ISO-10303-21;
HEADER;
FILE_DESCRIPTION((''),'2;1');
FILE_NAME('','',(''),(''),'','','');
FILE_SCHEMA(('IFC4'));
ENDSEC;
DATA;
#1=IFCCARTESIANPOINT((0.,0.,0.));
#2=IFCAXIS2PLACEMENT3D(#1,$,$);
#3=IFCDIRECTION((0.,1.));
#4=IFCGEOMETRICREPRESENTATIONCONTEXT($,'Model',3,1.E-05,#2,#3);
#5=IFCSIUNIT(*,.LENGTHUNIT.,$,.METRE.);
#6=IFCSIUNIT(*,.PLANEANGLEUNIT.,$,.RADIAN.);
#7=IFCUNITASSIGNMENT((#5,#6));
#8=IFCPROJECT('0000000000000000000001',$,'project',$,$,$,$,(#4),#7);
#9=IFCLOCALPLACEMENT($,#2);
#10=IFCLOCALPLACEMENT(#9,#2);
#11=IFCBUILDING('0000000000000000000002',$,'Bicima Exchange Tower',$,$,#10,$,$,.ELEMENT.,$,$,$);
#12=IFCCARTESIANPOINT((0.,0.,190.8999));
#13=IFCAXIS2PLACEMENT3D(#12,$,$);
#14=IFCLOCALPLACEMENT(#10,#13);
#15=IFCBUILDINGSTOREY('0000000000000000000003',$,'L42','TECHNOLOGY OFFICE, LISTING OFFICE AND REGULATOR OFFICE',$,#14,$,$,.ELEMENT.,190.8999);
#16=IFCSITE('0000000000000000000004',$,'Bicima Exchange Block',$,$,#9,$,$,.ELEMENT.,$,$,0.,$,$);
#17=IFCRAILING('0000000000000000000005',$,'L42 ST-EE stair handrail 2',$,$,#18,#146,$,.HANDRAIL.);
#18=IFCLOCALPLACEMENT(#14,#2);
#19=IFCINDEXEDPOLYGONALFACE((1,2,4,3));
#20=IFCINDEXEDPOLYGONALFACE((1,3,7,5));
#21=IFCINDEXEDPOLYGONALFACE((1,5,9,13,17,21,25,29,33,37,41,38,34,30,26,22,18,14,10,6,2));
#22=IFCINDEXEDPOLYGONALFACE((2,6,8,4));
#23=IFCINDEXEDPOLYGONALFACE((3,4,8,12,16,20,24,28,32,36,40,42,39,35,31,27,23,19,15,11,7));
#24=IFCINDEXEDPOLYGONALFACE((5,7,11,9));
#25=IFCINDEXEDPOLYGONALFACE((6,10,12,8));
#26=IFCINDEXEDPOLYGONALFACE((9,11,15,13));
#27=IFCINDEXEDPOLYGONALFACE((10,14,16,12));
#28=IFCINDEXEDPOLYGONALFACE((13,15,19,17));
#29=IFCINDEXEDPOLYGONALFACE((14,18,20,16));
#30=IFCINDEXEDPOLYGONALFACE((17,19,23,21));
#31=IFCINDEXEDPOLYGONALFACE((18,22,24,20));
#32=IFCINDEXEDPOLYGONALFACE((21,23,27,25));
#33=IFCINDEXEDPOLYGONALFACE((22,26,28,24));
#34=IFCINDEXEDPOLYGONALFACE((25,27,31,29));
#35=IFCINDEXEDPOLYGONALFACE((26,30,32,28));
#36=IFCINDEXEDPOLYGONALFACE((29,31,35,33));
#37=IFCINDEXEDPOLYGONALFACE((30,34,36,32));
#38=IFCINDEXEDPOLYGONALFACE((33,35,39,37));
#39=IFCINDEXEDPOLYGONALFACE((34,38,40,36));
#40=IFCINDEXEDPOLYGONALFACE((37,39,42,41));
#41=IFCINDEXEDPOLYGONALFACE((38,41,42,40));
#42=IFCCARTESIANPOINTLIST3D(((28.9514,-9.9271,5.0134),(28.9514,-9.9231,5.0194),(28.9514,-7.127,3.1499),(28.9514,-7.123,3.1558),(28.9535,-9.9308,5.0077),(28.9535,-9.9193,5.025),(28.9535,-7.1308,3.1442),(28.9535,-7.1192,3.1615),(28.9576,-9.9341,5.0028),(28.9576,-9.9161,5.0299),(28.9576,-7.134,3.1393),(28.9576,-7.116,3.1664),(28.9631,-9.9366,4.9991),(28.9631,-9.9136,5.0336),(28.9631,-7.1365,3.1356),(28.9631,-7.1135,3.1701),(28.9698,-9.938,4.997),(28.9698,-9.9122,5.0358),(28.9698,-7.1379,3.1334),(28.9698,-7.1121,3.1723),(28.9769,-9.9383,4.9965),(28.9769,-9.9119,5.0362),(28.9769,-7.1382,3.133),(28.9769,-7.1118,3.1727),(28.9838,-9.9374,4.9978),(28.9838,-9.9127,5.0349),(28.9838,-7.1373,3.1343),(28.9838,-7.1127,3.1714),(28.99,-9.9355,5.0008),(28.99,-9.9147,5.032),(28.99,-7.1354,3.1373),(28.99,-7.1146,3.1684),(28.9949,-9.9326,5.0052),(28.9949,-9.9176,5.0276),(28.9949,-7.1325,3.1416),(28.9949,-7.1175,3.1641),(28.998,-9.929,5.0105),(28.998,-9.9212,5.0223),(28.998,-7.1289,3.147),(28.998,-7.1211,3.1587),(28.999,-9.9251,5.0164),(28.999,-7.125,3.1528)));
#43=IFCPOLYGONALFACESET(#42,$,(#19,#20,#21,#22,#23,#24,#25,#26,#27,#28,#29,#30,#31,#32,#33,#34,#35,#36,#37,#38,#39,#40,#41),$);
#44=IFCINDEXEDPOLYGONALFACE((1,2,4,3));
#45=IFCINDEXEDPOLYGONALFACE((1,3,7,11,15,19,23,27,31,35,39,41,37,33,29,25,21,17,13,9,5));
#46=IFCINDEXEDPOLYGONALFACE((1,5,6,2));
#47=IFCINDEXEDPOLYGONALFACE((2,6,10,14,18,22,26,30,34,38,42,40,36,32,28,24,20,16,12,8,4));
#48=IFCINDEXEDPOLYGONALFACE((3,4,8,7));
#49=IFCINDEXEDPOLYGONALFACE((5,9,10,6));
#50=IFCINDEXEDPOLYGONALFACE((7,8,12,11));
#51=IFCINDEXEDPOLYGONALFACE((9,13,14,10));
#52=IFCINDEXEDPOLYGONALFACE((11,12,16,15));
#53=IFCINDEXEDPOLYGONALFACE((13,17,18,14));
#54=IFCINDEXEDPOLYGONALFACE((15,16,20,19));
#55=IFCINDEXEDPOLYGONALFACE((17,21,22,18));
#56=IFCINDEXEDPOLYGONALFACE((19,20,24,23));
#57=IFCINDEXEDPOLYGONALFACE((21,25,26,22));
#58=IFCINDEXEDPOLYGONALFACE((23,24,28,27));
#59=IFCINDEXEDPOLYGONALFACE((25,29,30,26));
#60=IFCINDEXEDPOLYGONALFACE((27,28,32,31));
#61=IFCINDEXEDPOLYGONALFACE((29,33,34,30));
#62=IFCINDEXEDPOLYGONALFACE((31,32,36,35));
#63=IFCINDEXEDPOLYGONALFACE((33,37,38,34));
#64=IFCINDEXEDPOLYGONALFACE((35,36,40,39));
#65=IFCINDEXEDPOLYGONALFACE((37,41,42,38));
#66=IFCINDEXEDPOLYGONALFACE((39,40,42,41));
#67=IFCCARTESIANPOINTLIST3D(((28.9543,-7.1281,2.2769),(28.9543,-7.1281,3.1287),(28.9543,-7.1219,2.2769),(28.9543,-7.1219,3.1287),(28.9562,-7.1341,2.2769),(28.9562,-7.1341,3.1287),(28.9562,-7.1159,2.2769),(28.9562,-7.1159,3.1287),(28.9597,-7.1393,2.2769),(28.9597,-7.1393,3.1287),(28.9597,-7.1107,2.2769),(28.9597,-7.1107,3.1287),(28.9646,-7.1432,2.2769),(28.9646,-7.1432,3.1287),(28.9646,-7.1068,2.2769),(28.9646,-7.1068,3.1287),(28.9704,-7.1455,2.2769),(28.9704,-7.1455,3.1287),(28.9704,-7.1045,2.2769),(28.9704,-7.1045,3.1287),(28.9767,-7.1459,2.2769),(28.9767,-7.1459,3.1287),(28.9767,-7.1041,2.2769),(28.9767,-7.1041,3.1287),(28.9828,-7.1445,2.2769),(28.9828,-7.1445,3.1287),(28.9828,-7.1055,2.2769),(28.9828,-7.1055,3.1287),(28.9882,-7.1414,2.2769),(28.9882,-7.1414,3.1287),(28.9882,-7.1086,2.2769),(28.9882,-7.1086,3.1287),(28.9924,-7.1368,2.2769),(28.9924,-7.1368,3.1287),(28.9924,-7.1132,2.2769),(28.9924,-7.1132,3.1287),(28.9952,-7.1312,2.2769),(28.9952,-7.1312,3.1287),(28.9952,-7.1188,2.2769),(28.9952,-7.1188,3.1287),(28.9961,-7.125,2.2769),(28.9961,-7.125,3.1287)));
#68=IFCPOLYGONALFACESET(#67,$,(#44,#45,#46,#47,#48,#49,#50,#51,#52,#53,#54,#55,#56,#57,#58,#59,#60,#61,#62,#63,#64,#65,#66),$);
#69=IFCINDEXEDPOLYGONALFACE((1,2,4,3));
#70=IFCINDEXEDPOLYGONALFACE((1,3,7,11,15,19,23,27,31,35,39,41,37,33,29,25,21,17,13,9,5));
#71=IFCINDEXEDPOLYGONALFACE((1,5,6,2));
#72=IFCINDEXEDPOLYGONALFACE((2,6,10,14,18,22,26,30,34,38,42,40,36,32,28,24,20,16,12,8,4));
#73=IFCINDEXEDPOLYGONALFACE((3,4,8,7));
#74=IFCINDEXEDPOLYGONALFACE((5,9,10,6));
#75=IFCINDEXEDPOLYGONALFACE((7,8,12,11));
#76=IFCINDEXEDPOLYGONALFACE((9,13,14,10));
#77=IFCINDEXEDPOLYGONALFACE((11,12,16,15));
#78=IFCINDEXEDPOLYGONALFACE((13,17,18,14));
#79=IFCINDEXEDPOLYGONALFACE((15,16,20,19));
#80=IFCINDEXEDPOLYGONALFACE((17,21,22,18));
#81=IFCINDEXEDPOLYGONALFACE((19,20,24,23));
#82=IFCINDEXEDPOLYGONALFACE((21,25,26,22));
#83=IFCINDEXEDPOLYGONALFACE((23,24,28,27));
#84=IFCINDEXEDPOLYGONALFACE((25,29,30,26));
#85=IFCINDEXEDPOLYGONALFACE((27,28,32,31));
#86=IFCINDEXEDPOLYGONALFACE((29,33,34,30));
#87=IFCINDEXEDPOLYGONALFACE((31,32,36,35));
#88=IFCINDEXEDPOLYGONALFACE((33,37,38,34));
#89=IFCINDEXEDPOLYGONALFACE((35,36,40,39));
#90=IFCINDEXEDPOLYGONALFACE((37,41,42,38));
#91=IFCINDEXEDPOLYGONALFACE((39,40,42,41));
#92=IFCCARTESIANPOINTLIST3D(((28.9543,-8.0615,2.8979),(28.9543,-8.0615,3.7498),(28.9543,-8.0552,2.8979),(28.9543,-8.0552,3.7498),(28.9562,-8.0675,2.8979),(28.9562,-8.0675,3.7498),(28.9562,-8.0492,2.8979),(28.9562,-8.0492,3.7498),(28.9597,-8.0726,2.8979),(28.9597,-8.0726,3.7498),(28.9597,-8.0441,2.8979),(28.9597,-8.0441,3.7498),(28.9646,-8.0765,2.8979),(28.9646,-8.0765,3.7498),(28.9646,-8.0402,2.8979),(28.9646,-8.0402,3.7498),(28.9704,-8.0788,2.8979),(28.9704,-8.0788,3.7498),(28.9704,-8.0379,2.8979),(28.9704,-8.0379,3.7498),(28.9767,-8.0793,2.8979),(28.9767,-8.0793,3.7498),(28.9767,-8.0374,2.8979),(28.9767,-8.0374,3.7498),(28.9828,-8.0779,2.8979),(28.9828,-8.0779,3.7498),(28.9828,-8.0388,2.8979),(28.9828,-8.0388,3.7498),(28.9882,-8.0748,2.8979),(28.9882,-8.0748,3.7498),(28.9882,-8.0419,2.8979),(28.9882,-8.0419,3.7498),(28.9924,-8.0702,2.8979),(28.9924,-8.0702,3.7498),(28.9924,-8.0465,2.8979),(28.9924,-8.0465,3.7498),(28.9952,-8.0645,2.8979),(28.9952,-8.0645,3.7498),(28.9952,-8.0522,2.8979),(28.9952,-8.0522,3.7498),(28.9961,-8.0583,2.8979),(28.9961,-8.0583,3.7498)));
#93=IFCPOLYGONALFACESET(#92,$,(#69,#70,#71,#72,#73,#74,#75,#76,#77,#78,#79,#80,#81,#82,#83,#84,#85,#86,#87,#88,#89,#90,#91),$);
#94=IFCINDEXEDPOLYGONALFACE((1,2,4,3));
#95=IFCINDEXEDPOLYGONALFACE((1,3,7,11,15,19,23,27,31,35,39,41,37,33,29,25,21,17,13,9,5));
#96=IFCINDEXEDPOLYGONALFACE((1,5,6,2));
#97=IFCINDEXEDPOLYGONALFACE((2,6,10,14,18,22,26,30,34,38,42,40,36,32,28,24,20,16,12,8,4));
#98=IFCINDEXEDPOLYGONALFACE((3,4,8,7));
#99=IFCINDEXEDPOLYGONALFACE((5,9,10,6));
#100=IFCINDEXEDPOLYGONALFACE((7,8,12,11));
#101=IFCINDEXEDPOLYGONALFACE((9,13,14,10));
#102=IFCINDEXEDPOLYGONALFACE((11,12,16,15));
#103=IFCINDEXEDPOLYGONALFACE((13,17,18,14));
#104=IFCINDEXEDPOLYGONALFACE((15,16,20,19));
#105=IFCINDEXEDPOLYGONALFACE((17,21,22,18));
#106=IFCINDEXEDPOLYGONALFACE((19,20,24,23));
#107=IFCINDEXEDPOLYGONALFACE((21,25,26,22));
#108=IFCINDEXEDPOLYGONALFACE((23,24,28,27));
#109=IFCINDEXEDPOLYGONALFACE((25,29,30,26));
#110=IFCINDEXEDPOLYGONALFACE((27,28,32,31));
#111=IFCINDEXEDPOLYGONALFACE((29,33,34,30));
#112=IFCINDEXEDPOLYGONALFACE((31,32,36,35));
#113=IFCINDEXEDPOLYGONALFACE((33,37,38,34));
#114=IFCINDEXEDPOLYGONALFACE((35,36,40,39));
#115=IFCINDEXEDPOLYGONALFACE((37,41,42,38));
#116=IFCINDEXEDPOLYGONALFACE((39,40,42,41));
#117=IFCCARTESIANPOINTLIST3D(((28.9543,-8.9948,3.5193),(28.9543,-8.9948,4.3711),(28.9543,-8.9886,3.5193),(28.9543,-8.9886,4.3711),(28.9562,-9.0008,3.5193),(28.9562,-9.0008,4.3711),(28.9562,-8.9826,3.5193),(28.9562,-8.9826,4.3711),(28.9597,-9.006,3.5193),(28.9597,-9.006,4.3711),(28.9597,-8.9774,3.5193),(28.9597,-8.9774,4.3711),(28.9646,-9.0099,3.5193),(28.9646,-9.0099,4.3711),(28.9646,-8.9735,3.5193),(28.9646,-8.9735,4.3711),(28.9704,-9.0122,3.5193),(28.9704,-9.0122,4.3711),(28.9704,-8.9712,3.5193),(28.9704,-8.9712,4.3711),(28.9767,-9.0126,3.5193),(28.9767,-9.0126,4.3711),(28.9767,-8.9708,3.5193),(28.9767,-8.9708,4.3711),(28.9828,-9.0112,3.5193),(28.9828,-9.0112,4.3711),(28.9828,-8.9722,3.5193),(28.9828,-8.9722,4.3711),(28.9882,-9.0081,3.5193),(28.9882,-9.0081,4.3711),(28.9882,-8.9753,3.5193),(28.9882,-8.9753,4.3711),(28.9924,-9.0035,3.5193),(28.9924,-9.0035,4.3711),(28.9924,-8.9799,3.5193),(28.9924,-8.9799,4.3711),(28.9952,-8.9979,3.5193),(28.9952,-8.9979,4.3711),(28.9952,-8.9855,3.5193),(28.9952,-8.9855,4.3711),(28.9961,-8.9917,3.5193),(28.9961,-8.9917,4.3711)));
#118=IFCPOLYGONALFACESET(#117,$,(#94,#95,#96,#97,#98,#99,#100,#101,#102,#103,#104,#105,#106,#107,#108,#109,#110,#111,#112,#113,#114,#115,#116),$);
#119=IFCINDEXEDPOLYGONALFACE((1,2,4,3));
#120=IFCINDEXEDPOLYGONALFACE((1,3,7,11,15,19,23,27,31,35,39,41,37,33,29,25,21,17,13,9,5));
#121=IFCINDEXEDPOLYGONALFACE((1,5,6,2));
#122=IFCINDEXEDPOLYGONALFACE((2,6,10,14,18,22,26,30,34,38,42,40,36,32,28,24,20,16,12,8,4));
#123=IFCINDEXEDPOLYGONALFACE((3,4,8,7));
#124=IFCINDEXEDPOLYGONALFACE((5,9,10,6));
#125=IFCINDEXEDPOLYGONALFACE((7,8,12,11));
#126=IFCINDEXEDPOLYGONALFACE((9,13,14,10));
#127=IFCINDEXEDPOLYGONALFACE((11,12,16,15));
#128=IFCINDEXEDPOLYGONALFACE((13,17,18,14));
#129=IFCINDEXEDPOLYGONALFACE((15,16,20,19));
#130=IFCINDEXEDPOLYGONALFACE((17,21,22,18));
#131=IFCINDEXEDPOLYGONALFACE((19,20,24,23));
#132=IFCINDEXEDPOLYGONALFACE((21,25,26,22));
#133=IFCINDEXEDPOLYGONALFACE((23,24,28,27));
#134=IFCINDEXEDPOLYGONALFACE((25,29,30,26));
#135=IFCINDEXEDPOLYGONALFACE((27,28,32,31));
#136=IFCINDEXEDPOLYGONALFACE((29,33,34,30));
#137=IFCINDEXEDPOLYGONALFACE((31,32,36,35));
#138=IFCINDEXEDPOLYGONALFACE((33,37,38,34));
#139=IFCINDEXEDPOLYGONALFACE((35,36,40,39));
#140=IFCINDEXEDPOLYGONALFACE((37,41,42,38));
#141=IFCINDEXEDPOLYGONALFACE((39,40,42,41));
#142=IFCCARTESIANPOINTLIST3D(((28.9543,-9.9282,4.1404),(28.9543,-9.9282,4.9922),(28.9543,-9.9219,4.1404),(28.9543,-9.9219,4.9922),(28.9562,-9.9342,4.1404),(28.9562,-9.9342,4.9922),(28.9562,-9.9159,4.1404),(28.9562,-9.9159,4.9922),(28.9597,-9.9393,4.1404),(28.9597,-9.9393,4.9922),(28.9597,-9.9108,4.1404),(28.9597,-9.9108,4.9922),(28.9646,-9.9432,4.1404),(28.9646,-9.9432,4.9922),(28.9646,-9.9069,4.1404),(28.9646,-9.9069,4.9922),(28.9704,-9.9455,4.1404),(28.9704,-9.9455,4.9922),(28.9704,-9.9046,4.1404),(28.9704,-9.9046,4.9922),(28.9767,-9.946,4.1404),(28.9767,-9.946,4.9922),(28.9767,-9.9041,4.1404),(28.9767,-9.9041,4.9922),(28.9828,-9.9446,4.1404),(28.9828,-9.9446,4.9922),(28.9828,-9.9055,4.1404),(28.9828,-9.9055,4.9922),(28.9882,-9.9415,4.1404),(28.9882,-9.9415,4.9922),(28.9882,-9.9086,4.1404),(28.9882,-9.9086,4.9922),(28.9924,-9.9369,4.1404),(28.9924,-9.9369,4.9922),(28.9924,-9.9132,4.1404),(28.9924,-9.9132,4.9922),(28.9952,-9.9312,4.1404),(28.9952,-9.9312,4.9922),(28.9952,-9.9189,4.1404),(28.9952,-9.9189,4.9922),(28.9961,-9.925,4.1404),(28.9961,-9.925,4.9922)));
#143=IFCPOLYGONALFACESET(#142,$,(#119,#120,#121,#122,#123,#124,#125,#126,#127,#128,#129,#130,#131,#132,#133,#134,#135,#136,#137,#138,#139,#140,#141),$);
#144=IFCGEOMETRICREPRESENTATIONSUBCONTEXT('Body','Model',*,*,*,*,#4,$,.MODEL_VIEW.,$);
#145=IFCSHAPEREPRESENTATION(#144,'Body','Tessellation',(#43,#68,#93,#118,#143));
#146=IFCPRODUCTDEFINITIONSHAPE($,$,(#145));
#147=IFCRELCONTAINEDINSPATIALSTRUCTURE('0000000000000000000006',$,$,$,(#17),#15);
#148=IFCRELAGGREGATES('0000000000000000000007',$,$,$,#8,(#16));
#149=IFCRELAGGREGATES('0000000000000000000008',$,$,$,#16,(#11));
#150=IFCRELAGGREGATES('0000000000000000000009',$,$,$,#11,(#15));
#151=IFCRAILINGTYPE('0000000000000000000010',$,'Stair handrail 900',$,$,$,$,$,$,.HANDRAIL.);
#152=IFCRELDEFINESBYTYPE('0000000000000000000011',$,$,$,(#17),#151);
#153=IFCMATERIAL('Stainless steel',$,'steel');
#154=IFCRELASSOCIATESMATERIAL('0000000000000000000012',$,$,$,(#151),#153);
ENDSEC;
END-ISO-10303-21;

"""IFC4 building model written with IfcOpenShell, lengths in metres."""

from ifc_helpers import new_model, si_unit, direction, frame, origin, origin_2d, place, context, subcontext, project, spatial, circle, extrude, material, type_object, element, save


model = new_model("IFC4")

# Units and contexts
model_context = context("Model", 3, precision=1e-05, world=origin(), true_north=direction((0.0, 1.0)))
body_context = subcontext(model_context, "Body", "Model", "MODEL_VIEW")
ifc_project = project(units=[si_unit("LENGTHUNIT", "METRE"), si_unit("PLANEANGLEUNIT", "RADIAN")], contexts=[model_context])

# Site, building, storey
site_placement = place(None, origin())
site = spatial("IfcSite", under=ifc_project, at=site_placement, Name="Bicima Exchange Block", CompositionType="ELEMENT", RefElevation=0.0)
building_placement = place(site_placement, origin())
building = spatial("IfcBuilding", under=site, at=building_placement, Name="Bicima Exchange Tower", CompositionType="ELEMENT")
storey_placement = place(building_placement, frame((0.0, 0.0, 190.8999)))
storey = spatial("IfcBuildingStorey", under=building, at=storey_placement, Name="L42", Description="TECHNOLOGY OFFICE, LISTING OFFICE AND REGULATOR OFFICE", CompositionType="ELEMENT", Elevation=190.8999)

# Railing
ifc_material_1 = material(Name="Stainless steel", Category="steel")
railing_type_1 = type_object("IfcRailingType", Name="Stair handrail 900", PredefinedType="HANDRAIL", material=ifc_material_1)
railing_1_placement = place(storey_placement, frame((28.9751, -7.125, 2.2769)))
element("IfcRailing", 1, at=railing_1_placement, inside=storey, type_object=railing_type_1, Name="L42 ST-EE stair handrail 2", PredefinedType="HANDRAIL", context=body_context, shape_type="SweptSolid", body=[
    extrude(circle(Radius=0.0239, at=origin_2d()), frame((0.0, 0.0, 0.876), z_axis=(0.0, -0.832486, 0.554047), x_axis=(1.0, 0.0, 0.0)), (0.0, 0.0, 1.0), 3.3635),
    extrude(circle(Radius=0.021, at=origin_2d()), origin(), (0.0, 0.0, 1.0), 0.8518),
    extrude(circle(Radius=0.021, at=origin_2d()), frame((0.0, -0.9333, 0.6211)), (0.0, 0.0, 1.0), 0.8518),
    extrude(circle(Radius=0.021, at=origin_2d()), frame((0.0, -1.8667, 1.2424)), (0.0, 0.0, 1.0), 0.8518),
    extrude(circle(Radius=0.021, at=origin_2d()), frame((0.0, -2.8, 1.8635)), (0.0, 0.0, 1.0), 0.8518),
])

save(model, "model.ifc")
